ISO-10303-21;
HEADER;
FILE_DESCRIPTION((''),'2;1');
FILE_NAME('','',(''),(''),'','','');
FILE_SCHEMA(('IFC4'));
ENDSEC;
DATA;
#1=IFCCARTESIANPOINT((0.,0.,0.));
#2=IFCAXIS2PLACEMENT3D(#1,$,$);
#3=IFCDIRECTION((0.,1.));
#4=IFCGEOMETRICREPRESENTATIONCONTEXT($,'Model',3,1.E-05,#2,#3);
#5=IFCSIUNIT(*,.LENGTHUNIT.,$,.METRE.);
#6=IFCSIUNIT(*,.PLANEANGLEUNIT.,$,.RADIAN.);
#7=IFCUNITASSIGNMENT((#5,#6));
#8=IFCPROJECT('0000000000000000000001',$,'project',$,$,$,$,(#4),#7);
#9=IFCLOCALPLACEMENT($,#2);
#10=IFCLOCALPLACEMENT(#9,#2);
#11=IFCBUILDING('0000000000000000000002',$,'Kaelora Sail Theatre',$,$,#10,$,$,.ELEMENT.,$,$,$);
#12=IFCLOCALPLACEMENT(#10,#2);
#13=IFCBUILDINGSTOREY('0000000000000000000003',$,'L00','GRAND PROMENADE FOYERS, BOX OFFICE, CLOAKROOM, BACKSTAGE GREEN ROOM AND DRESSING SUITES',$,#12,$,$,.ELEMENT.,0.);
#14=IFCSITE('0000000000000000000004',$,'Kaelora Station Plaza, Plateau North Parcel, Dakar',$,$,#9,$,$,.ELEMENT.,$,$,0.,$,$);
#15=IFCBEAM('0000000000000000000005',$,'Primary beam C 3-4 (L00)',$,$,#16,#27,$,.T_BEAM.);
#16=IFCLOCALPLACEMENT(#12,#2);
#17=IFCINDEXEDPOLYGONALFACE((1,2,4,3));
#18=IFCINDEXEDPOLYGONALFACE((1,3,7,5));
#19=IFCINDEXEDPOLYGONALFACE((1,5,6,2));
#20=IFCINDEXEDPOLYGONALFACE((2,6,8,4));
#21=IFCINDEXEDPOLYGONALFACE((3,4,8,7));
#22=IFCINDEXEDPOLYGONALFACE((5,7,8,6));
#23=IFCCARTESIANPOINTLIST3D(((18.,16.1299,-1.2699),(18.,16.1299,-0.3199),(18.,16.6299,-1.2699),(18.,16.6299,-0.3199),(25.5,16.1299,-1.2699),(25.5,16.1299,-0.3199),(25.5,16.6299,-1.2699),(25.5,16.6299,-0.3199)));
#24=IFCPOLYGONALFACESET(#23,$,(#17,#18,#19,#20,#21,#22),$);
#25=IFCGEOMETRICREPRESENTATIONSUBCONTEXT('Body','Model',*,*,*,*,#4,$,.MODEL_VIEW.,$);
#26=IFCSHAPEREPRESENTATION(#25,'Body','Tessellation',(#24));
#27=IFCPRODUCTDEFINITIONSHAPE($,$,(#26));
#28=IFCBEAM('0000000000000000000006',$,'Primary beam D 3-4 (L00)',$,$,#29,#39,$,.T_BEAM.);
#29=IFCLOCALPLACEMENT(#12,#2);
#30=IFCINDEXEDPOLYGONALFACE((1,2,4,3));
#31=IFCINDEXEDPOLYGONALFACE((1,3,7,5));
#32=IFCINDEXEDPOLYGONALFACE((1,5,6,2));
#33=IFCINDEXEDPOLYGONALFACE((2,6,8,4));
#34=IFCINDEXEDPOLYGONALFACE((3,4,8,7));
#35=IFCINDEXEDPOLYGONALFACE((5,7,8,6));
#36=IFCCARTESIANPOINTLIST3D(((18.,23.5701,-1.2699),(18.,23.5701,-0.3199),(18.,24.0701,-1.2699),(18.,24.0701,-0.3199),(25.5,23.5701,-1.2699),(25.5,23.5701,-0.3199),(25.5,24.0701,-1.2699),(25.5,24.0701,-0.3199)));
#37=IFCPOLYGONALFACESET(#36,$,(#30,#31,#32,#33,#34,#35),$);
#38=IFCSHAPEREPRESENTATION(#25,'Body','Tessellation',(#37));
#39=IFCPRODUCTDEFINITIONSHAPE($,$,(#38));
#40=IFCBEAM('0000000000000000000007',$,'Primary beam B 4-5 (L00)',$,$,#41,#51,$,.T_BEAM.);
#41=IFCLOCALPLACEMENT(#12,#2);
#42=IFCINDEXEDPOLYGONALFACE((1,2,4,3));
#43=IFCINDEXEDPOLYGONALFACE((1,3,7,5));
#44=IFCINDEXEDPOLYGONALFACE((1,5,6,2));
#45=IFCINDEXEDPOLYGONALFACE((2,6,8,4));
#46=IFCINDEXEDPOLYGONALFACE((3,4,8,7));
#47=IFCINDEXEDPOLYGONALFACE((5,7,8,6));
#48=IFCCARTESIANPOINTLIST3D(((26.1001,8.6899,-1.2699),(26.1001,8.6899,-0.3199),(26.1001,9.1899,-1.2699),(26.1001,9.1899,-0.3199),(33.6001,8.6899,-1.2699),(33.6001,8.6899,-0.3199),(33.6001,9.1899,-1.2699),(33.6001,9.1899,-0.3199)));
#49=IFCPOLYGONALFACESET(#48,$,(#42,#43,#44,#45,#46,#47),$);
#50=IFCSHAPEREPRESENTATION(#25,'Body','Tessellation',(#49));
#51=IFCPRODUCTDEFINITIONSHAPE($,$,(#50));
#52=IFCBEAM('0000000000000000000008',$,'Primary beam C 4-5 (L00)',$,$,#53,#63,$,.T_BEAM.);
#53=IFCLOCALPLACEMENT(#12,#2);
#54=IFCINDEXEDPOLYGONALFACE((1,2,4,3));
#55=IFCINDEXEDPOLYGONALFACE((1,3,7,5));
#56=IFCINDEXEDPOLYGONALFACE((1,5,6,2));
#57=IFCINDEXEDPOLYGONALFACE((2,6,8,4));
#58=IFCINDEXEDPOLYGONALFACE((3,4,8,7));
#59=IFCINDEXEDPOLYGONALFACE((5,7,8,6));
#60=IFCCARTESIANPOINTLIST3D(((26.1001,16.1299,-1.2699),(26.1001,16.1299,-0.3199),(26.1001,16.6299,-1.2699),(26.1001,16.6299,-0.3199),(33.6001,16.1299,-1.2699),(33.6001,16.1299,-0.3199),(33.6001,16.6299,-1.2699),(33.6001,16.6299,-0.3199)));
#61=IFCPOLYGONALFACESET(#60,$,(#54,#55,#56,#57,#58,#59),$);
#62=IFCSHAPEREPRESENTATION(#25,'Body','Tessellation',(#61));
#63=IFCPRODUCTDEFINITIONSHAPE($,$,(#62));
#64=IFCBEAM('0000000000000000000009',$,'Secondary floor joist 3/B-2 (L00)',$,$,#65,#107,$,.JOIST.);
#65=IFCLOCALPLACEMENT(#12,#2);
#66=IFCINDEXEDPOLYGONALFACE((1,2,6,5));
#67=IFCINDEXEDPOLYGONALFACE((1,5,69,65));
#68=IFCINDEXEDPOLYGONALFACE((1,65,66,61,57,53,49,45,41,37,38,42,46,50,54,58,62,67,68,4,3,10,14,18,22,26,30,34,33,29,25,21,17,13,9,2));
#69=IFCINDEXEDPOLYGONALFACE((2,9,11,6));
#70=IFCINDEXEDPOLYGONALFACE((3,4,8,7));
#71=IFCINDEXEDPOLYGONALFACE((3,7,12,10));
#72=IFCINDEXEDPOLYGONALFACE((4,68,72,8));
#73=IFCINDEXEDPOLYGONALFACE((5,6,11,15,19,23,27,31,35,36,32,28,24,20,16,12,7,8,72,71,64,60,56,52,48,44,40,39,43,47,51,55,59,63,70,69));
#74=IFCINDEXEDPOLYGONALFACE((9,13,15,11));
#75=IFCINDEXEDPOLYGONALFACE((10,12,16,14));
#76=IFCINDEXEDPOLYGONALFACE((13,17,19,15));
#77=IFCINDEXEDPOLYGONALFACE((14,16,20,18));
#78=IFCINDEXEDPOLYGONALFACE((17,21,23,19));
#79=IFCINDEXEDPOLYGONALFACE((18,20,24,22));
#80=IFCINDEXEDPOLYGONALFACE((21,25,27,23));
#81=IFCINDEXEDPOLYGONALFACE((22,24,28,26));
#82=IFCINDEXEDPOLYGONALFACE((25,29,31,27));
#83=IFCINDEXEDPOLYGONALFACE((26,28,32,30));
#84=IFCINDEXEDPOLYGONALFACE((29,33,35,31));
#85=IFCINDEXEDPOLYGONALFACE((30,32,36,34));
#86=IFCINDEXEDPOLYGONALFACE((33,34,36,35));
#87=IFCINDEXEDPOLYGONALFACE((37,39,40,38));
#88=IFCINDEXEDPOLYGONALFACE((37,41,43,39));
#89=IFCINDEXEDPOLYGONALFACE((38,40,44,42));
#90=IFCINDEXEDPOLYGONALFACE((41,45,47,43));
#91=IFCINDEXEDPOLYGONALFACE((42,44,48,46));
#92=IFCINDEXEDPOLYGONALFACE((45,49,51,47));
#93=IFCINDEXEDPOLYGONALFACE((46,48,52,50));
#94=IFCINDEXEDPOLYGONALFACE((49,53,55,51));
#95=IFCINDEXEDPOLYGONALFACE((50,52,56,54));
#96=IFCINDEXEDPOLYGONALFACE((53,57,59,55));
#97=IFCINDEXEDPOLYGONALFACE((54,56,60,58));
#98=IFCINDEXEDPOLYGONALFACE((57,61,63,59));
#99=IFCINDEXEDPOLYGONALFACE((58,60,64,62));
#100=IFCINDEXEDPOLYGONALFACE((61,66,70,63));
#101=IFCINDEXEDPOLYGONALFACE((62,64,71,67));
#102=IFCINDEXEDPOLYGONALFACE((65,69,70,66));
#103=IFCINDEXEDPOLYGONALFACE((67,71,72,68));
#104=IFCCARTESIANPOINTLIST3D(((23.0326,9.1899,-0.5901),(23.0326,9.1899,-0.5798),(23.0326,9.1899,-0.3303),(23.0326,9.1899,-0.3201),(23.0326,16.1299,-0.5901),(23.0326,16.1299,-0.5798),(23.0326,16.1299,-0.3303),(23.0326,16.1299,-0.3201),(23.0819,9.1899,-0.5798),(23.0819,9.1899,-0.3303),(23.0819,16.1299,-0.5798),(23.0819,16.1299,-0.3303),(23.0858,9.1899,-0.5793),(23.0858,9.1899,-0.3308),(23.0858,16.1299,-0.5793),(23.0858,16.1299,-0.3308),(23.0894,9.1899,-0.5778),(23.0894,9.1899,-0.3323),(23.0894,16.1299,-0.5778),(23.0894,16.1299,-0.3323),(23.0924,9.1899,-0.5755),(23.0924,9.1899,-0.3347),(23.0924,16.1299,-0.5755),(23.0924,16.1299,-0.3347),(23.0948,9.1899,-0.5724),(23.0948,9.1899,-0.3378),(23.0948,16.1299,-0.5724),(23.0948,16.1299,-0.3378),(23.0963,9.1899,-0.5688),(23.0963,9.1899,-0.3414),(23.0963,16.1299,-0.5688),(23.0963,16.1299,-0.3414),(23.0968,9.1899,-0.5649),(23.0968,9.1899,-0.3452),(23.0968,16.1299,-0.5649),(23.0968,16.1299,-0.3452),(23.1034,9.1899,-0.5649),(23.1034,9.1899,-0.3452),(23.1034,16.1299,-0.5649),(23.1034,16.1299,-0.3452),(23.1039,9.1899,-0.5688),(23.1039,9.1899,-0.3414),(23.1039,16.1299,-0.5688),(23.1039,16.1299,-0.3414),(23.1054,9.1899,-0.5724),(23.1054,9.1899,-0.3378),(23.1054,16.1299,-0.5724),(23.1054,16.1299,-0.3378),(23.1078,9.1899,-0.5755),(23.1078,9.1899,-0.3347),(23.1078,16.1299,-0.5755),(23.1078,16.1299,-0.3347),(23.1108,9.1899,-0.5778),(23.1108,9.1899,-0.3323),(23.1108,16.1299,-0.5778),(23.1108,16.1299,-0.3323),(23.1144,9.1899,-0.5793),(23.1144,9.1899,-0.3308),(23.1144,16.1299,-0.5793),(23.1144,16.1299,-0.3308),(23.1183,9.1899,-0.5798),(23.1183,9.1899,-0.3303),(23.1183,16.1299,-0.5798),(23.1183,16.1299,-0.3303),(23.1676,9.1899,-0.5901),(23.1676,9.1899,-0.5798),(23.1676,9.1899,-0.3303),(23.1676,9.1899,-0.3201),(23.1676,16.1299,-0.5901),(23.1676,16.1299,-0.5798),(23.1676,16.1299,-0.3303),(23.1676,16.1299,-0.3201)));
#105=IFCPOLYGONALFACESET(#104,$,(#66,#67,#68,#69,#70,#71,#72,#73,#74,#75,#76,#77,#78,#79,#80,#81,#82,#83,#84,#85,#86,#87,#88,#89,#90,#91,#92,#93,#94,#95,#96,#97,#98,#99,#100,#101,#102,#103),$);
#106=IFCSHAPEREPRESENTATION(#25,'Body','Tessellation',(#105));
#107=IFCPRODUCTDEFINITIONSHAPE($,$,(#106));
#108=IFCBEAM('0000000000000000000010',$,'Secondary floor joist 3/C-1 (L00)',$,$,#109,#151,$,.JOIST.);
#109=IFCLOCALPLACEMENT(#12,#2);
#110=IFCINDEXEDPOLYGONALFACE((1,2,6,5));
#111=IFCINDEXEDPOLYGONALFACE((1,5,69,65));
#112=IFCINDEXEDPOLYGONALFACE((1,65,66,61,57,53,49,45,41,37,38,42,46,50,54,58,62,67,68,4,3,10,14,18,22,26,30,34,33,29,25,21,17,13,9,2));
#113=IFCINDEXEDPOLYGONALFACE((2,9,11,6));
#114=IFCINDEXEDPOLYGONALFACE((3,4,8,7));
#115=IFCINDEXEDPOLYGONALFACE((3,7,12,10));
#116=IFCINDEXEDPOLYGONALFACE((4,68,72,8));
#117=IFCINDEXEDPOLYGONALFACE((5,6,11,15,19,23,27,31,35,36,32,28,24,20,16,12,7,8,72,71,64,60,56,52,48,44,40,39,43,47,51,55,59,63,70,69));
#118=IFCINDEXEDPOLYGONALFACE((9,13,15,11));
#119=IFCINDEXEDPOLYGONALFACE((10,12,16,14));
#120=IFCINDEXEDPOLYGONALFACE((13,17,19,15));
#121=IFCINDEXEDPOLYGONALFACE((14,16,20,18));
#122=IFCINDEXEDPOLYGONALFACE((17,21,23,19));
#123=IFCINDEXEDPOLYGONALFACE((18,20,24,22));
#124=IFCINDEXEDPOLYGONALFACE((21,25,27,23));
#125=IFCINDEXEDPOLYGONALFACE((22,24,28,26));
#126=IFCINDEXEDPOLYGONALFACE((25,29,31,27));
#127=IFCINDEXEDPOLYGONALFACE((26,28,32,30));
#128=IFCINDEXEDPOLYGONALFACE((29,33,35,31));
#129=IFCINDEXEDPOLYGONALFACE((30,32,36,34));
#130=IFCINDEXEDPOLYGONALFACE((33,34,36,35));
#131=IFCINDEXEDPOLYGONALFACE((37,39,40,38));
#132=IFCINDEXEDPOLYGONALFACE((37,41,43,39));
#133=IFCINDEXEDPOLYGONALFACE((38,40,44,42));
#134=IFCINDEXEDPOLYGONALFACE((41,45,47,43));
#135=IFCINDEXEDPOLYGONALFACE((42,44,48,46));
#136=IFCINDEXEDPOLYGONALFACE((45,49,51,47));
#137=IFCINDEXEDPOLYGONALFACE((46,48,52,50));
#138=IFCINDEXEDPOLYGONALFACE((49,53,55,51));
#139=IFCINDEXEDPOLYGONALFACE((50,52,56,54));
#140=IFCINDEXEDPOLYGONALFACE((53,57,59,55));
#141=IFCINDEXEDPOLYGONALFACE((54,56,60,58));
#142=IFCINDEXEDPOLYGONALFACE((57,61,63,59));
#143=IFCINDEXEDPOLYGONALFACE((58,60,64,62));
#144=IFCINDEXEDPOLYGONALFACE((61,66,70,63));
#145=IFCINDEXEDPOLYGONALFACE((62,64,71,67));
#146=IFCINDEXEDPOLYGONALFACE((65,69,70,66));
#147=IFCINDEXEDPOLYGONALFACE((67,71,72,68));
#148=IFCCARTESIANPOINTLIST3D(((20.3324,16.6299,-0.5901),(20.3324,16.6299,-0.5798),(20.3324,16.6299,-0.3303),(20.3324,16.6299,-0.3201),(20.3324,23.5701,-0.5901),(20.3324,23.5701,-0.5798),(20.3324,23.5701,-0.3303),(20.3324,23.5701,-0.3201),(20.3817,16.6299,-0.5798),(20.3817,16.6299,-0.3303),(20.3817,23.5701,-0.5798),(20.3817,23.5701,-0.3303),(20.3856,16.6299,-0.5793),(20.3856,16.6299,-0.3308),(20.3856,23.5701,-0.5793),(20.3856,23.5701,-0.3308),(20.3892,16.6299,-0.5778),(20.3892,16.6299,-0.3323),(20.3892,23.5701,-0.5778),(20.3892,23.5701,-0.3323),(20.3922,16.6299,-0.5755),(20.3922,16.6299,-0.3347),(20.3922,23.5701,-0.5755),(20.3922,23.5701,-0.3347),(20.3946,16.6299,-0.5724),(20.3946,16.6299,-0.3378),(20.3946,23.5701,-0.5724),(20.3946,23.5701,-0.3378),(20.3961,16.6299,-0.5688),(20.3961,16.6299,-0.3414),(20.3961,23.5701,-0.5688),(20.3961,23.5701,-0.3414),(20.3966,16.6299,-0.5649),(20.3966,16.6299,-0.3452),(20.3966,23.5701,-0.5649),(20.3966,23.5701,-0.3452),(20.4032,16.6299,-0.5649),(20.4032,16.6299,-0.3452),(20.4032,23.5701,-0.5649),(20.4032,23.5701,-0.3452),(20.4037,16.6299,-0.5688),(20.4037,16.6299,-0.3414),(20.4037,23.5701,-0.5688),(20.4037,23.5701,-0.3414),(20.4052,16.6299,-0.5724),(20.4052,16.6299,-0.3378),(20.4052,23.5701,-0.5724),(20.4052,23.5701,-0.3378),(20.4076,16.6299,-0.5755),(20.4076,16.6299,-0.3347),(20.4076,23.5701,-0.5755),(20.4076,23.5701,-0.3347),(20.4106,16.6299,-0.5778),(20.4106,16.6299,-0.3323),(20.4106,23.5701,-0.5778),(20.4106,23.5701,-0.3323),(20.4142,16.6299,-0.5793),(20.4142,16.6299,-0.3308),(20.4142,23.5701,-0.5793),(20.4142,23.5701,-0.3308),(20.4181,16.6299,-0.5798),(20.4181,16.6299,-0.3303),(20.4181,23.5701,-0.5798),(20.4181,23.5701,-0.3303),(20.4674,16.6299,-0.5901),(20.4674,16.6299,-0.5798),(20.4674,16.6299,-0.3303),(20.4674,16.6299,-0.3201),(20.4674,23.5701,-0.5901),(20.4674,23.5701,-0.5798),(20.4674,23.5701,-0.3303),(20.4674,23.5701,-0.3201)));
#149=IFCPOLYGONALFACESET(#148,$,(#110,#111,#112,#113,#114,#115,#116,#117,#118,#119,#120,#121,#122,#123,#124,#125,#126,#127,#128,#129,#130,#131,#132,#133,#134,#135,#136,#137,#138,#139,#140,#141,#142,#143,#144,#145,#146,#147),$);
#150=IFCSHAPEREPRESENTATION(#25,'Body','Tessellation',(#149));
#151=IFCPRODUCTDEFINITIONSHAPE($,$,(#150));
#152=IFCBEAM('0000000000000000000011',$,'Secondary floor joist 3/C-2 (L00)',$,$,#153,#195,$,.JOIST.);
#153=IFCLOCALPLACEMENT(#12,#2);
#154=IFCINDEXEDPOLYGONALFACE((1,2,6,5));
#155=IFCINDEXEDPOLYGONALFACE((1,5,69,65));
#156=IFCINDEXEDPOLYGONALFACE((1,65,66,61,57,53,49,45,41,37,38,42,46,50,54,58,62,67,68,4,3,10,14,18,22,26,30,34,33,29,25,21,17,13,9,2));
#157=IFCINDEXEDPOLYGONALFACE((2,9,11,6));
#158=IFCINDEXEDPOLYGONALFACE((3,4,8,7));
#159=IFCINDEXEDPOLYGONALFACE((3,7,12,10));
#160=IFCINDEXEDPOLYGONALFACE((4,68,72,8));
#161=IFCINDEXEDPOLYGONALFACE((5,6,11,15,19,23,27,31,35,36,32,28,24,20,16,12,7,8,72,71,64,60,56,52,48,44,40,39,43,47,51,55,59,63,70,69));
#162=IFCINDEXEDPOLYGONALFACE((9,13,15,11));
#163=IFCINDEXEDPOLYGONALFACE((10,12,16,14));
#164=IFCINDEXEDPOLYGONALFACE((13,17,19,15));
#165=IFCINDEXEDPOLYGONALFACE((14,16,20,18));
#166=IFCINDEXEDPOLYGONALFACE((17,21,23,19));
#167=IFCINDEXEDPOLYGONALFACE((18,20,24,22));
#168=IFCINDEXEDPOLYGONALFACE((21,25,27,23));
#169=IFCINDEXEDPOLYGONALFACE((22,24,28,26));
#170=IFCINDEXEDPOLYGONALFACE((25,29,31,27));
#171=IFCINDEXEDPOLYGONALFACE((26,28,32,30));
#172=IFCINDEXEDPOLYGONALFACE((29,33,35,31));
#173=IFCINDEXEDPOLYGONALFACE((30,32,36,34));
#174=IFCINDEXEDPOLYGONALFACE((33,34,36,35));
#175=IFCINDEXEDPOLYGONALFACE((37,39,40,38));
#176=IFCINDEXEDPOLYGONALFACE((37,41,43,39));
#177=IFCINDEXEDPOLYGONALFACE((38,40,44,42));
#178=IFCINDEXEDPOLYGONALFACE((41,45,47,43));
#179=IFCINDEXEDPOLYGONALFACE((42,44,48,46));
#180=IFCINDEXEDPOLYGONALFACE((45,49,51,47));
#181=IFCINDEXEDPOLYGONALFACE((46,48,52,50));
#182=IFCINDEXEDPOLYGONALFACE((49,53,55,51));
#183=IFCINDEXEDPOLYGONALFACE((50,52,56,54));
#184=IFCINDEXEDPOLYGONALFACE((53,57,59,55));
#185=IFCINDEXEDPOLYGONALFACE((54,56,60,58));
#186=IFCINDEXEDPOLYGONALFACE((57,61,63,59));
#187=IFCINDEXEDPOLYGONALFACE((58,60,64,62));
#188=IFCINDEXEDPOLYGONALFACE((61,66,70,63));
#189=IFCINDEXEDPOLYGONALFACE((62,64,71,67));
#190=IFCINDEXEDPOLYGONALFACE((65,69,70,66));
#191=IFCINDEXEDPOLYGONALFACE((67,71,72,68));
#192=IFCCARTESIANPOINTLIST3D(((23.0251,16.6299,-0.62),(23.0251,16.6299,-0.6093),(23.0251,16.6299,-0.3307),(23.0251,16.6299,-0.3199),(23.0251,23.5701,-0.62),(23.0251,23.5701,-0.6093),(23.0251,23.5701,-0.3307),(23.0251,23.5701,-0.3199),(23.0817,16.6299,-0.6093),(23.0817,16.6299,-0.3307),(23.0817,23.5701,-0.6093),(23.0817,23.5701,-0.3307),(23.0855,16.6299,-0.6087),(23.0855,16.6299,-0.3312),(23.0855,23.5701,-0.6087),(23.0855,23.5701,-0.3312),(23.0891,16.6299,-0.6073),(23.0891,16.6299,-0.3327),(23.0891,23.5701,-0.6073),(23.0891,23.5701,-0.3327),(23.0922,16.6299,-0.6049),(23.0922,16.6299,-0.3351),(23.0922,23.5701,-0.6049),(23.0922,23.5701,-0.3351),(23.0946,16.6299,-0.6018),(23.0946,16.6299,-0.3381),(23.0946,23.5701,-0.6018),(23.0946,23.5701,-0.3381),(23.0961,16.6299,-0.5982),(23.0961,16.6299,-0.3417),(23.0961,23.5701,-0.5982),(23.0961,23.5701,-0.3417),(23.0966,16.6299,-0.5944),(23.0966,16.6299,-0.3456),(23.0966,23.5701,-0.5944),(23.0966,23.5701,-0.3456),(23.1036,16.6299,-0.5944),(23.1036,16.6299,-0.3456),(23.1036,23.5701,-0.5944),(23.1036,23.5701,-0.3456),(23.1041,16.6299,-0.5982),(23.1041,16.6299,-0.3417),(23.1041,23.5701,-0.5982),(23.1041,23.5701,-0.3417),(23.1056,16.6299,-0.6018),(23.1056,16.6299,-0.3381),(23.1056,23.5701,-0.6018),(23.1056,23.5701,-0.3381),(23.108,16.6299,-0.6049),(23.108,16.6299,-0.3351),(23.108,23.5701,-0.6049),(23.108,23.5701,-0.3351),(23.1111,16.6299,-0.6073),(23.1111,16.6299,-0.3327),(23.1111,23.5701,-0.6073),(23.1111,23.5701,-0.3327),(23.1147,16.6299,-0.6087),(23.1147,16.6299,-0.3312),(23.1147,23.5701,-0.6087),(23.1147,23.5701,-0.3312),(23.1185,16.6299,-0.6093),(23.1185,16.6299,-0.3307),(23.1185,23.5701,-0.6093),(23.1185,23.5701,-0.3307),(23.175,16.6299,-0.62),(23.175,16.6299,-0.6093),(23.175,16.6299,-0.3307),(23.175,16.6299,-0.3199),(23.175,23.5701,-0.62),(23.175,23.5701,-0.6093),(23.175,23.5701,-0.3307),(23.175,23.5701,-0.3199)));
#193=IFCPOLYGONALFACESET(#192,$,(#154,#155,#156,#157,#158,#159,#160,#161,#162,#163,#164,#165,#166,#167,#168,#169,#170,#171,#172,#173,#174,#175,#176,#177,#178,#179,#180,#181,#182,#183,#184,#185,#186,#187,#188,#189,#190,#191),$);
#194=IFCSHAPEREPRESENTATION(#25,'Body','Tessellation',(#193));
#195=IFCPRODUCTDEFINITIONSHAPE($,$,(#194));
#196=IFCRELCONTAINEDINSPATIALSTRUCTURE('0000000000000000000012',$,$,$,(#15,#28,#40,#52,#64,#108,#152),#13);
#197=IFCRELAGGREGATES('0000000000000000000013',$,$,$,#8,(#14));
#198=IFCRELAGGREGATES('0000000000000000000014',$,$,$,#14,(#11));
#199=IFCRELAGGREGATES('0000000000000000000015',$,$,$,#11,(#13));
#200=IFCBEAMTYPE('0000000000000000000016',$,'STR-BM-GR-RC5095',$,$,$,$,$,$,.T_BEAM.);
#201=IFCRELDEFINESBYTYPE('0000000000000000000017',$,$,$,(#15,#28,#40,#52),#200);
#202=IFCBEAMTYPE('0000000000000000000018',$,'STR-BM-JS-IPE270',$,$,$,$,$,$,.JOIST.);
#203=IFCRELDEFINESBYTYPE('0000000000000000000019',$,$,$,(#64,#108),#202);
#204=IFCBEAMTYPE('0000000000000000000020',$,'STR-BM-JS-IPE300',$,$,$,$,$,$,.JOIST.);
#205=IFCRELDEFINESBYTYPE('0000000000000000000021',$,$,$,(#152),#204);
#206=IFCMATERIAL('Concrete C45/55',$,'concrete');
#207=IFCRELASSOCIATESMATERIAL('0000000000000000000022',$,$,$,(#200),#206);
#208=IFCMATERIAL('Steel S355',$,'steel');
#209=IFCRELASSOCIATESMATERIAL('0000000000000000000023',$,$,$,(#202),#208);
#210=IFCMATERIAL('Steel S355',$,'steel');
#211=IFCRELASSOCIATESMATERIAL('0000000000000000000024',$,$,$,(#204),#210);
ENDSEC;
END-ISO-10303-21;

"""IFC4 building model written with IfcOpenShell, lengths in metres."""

from ifc_helpers import new_model, si_unit, direction, frame, origin, origin_2d, place, context, subcontext, project, spatial, rectangle, i_section, extrude, material, material_profile, profile_set, type_object, element, save


model = new_model("IFC4")

# Units and contexts
model_context = context("Model", 3, precision=1e-05, world=origin(), true_north=direction((0.0, 1.0)))
body_context = subcontext(model_context, "Body", "Model", "MODEL_VIEW")
ifc_project = project(units=[si_unit("LENGTHUNIT", "METRE"), si_unit("PLANEANGLEUNIT", "RADIAN")], contexts=[model_context])

# Site, building, storey
site_placement = place(None, origin())
site = spatial("IfcSite", under=ifc_project, at=site_placement, Name="Kaelora Station Plaza, Plateau North Parcel, Dakar", CompositionType="ELEMENT", RefElevation=0.0)
building_placement = place(site_placement, origin())
building = spatial("IfcBuilding", under=site, at=building_placement, Name="Kaelora Sail Theatre", CompositionType="ELEMENT")
storey_placement = place(building_placement, origin())
storey = spatial("IfcBuildingStorey", under=building, at=storey_placement, Name="L00", Description="GRAND PROMENADE FOYERS, BOX OFFICE, CLOAKROOM, BACKSTAGE GREEN ROOM AND DRESSING SUITES", CompositionType="ELEMENT", Elevation=0.0)

# Beams
ifc_material_1 = material(Name="Concrete C45/55", Category="concrete")
ifc_material_profile_1 = material_profile(ifc_material_1, rectangle(XDim=0.5, YDim=0.95, at=origin_2d()), Name="RC-GRD 500x950")
ifc_profile_set_1 = profile_set([ifc_material_profile_1], Name="Concrete C45/55")
beam_type_1 = type_object("IfcBeamType", Name="STR-BM-GR-RC5095", PredefinedType="T_BEAM", material=ifc_profile_set_1)
for number, where, z_axis, x_axis, name in (
    (1, (18.0, 16.3799, -0.7949), (1.0, 0.0, 0.0), (0.0, 1.0, 0.0), "Primary beam C 3-4 (L00)"),
    (2, (18.0, 23.8201, -0.7949), (1.0, 0.0, 0.0), (0.0, 1.0, 0.0), "Primary beam D 3-4 (L00)"),
    (3, (26.1001, 8.9399, -0.7949), (1.0, 0.0, 0.0), (0.0, 1.0, 0.0), "Primary beam B 4-5 (L00)"),
    (4, (26.1001, 16.3799, -0.7949), (1.0, 0.0, 0.0), (0.0, 1.0, 0.0), "Primary beam C 4-5 (L00)"),
):
    element("IfcBeam", number, at=place(storey_placement, frame(where, z_axis=z_axis, x_axis=x_axis)), inside=storey, type_object=beam_type_1, Name=name, PredefinedType="T_BEAM", context=body_context, shape_type="SweptSolid", body=[
        extrude(rectangle(XDim=0.5, YDim=0.95, at=origin_2d()), origin(), (0.0, 0.0, 1.0), 7.5),
    ])
ifc_material_2 = material(Name="Steel S355", Category="steel")
ifc_material_profile_2 = material_profile(ifc_material_2, i_section(OverallWidth=0.135, OverallDepth=0.27, WebThickness=0.0066, FlangeThickness=0.0103, FilletRadius=0.0149, at=origin_2d()), Name="IPE 270")
ifc_profile_set_2 = profile_set([ifc_material_profile_2], Name="Steel S355")
beam_type_2 = type_object("IfcBeamType", Name="STR-BM-JS-IPE270", PredefinedType="JOIST", material=ifc_profile_set_2)
beam_1_placement = place(storey_placement, frame((23.1001, 9.1899, -0.4551), z_axis=(0.0, 1.0, 0.0), x_axis=(-1.0, 0.0, 0.0)))
element("IfcBeam", 5, at=beam_1_placement, inside=storey, type_object=beam_type_2, Name="Secondary floor joist 3/B-2 (L00)", PredefinedType="JOIST", context=body_context, shape_type="SweptSolid", body=[
    extrude(i_section(OverallWidth=0.135, OverallDepth=0.27, WebThickness=0.0066, FlangeThickness=0.0103, FilletRadius=0.0149, at=origin_2d()), origin(), (0.0, 0.0, 1.0), 6.9399),
])
beam_2_placement = place(storey_placement, frame((20.3999, 16.6299, -0.4551), z_axis=(0.0, 1.0, 0.0), x_axis=(-1.0, 0.0, 0.0)))
element("IfcBeam", 6, at=beam_2_placement, inside=storey, type_object=beam_type_2, Name="Secondary floor joist 3/C-1 (L00)", PredefinedType="JOIST", context=body_context, shape_type="SweptSolid", body=[
    extrude(i_section(OverallWidth=0.135, OverallDepth=0.27, WebThickness=0.0066, FlangeThickness=0.0103, FilletRadius=0.0149, at=origin_2d()), origin(), (0.0, 0.0, 1.0), 6.9402),
])
ifc_material_3 = material(Name="Steel S355", Category="steel")
ifc_material_profile_3 = material_profile(ifc_material_3, i_section(OverallWidth=0.1499, OverallDepth=0.3, WebThickness=0.0071, FlangeThickness=0.0107, FilletRadius=0.0149, at=origin_2d()), Name="IPE 300")
ifc_profile_set_3 = profile_set([ifc_material_profile_3], Name="Steel S355")
beam_type_3 = type_object("IfcBeamType", Name="STR-BM-JS-IPE300", PredefinedType="JOIST", material=ifc_profile_set_3)
beam_3_placement = place(storey_placement, frame((23.1001, 16.6299, -0.47), z_axis=(0.0, 1.0, 0.0), x_axis=(-1.0, 0.0, 0.0)))
element("IfcBeam", 7, at=beam_3_placement, inside=storey, type_object=beam_type_3, Name="Secondary floor joist 3/C-2 (L00)", PredefinedType="JOIST", context=body_context, shape_type="SweptSolid", body=[
    extrude(i_section(OverallWidth=0.1499, OverallDepth=0.3, WebThickness=0.0071, FlangeThickness=0.0107, FilletRadius=0.0149, at=origin_2d()), origin(), (0.0, 0.0, 1.0), 6.9402),
])

save(model, "model.ifc")
